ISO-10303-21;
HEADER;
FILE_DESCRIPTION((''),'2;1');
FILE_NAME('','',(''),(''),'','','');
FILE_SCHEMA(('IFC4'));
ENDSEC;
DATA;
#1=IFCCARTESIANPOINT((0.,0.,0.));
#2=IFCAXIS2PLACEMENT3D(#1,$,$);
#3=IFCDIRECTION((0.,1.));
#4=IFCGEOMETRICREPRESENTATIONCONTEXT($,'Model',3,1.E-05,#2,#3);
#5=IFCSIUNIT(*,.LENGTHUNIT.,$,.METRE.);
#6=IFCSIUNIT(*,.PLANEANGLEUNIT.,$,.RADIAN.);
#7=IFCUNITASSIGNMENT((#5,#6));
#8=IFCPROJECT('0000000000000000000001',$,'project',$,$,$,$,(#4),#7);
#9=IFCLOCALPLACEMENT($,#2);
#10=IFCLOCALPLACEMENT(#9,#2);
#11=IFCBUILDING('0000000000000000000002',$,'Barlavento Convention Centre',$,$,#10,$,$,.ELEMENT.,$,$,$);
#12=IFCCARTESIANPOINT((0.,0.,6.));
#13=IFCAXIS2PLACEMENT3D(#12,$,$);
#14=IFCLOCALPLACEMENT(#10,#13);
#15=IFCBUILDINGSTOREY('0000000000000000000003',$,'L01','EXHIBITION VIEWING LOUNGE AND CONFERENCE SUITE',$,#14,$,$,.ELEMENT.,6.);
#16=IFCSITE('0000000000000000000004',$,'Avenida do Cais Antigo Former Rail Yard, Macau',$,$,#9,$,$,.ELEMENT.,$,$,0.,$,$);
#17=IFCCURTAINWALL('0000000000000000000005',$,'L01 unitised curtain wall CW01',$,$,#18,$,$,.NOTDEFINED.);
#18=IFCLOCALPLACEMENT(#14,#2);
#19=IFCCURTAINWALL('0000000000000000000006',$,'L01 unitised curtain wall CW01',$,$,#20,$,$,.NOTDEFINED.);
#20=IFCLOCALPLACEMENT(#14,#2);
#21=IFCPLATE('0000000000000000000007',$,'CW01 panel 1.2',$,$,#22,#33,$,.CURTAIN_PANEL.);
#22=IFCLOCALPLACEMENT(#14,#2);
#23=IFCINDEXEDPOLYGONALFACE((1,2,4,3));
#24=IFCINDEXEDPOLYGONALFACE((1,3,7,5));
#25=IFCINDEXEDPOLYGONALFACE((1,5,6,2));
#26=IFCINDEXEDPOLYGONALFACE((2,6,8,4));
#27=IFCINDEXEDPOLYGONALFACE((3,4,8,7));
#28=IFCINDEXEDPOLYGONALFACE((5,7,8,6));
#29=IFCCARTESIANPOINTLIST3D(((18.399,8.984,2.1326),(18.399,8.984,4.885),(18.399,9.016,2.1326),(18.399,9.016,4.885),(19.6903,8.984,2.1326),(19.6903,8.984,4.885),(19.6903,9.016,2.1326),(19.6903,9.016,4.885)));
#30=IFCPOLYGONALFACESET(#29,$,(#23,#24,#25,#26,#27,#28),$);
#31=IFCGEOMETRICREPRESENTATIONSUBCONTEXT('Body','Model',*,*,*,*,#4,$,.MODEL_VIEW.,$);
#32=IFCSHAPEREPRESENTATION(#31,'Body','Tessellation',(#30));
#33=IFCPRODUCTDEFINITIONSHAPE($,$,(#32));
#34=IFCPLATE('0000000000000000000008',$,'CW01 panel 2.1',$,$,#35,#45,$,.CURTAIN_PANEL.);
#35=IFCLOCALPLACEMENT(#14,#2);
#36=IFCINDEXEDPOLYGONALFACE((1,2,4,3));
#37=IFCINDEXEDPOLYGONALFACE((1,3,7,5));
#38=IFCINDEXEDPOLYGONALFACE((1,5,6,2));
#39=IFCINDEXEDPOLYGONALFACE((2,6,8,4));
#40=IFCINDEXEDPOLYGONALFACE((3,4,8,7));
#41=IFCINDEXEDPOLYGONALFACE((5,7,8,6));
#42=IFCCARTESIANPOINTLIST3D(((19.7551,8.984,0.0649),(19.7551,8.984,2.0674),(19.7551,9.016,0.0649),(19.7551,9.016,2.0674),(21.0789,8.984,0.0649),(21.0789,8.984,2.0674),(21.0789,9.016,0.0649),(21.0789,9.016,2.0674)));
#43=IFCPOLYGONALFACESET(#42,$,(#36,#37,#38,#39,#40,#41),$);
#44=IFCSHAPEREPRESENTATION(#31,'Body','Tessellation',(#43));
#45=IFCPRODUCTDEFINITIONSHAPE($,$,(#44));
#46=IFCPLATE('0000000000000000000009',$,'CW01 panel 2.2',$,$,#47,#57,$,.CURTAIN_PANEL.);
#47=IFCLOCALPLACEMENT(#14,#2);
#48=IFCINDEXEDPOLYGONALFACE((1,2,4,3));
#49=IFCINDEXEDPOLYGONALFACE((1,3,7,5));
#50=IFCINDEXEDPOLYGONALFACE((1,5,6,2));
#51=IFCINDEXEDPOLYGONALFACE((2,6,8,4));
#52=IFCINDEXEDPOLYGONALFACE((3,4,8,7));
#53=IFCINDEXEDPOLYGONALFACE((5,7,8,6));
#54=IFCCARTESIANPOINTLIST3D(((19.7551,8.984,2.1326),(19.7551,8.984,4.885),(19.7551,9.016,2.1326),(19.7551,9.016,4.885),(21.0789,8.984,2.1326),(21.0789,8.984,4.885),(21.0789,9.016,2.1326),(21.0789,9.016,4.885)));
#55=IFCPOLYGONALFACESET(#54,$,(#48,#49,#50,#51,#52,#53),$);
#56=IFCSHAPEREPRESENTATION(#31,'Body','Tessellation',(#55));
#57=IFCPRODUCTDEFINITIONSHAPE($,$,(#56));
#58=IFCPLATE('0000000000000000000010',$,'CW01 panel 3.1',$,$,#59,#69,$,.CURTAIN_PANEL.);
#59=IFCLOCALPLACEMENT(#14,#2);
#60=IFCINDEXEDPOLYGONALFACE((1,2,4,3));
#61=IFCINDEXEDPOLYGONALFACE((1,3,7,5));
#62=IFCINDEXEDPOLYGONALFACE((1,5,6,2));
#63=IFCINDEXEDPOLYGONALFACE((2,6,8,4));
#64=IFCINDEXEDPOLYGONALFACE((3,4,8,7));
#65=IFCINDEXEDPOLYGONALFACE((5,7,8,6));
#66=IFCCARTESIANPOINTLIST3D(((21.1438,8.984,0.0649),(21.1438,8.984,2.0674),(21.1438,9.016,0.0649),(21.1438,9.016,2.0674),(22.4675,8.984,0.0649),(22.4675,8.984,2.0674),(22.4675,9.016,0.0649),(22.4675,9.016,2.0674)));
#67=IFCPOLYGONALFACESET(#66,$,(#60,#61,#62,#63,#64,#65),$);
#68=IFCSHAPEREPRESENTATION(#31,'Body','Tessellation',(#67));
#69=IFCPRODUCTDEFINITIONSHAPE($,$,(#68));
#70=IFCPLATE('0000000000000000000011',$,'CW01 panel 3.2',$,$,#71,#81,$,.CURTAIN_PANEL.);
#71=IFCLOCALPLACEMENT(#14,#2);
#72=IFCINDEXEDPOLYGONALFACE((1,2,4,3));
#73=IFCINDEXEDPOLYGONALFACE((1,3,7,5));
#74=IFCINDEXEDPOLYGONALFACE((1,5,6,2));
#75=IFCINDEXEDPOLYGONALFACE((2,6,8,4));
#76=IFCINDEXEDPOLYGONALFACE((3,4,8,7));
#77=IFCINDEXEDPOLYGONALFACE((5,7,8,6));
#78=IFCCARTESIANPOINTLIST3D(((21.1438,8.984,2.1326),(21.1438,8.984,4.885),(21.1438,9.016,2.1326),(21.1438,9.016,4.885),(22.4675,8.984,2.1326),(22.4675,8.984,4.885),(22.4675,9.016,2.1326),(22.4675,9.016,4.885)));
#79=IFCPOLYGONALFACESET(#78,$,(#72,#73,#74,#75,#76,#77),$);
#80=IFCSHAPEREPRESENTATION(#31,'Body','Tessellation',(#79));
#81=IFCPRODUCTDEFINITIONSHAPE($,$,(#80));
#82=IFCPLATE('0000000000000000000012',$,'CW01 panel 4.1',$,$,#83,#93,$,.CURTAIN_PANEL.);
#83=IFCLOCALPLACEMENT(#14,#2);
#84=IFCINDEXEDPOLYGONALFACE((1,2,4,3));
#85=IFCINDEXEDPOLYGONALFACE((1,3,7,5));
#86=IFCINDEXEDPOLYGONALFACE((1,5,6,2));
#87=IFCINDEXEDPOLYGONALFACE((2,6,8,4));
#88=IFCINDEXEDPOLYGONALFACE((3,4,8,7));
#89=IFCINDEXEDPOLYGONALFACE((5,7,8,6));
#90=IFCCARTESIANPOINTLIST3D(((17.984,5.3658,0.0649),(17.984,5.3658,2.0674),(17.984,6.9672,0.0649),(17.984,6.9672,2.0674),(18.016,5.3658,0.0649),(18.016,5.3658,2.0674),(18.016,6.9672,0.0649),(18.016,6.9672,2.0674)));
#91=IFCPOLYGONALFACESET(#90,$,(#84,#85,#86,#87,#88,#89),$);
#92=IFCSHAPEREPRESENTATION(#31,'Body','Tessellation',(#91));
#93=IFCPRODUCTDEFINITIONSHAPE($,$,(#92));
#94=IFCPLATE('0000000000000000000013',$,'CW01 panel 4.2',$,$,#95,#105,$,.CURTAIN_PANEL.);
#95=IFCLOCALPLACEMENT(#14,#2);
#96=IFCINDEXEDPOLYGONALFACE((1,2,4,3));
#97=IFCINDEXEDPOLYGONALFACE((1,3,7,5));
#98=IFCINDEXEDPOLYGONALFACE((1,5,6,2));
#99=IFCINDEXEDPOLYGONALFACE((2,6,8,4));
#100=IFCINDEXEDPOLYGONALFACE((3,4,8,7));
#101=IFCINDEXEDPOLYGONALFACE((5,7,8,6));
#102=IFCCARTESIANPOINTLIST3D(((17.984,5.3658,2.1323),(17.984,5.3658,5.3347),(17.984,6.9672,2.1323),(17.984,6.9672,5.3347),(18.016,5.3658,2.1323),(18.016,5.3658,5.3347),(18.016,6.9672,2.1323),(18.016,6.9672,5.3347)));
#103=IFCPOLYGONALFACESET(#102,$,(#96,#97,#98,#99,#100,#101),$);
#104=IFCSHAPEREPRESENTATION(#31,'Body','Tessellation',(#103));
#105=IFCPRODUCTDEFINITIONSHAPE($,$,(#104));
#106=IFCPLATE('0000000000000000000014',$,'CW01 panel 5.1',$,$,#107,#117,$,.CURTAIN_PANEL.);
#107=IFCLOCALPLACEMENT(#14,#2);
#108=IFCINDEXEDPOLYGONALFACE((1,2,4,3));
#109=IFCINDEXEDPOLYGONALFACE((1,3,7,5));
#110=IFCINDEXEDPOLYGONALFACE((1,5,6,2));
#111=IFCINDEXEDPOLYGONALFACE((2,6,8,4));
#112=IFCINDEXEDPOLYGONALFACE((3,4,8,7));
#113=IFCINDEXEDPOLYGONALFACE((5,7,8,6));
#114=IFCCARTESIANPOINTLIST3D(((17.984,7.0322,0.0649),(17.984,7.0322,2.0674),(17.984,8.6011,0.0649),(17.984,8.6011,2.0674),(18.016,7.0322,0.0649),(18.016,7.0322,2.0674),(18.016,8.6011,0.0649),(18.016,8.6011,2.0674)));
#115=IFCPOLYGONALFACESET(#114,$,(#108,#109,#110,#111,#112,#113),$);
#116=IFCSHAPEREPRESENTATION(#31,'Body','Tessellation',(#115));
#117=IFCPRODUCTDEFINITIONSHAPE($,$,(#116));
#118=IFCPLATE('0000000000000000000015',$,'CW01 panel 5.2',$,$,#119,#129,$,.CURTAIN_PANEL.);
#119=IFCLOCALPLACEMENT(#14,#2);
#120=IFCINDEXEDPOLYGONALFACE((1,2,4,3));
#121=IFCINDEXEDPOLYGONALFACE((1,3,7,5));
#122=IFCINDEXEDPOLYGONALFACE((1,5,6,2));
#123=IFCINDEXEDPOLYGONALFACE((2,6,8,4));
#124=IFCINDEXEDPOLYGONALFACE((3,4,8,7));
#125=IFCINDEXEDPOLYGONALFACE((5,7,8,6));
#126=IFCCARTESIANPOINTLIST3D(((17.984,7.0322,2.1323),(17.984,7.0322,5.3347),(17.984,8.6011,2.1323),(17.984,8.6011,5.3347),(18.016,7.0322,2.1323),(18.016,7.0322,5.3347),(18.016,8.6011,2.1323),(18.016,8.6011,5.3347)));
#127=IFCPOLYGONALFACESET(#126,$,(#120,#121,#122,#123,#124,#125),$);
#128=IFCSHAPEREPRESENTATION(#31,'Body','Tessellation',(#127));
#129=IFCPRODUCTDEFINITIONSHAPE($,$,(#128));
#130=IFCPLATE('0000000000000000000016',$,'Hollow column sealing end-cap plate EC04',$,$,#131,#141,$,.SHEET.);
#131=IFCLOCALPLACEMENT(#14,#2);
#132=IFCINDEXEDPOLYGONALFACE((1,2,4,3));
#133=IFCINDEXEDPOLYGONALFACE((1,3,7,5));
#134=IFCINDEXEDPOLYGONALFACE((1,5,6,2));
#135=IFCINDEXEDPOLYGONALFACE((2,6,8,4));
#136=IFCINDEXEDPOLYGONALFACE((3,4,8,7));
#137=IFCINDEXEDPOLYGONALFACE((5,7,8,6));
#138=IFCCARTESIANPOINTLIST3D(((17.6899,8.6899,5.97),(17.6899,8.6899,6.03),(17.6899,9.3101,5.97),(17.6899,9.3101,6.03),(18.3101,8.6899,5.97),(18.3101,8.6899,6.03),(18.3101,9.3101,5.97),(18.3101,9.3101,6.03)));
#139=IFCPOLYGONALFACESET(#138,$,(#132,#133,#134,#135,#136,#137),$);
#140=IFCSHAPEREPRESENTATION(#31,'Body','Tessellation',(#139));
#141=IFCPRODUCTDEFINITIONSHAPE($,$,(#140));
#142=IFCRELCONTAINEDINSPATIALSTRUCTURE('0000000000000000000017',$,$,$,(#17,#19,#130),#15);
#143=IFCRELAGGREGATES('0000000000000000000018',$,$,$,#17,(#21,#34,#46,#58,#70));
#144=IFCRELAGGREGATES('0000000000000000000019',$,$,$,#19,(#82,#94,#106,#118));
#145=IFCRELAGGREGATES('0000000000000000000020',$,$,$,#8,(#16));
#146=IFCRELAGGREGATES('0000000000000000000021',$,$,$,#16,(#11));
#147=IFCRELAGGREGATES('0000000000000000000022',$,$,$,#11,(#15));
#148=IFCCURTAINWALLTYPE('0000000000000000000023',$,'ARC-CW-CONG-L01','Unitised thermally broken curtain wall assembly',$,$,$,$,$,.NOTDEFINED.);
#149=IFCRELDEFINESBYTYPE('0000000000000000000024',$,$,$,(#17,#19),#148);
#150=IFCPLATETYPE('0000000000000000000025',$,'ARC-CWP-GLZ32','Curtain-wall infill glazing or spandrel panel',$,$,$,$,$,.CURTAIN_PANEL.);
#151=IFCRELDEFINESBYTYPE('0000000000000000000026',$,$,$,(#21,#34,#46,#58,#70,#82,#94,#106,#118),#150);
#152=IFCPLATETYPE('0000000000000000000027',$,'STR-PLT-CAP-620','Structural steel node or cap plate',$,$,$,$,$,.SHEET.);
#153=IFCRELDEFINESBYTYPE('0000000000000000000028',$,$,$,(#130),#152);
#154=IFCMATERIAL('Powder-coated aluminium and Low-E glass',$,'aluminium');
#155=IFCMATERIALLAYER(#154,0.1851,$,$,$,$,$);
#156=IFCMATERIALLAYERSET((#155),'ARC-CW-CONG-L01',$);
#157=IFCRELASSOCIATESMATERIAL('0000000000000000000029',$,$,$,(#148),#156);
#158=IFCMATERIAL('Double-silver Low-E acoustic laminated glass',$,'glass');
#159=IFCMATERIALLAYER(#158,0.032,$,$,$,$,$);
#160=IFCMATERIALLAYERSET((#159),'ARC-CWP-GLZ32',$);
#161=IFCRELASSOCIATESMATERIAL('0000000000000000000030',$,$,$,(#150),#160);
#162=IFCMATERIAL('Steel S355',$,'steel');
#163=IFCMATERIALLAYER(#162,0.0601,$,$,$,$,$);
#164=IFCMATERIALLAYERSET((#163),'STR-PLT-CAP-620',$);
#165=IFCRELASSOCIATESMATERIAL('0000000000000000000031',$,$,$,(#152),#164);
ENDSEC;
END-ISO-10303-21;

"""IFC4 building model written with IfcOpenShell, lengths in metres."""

from ifc_helpers import new_model, si_unit, direction, frame, origin, origin_2d, place, context, subcontext, project, spatial, rectangle, extrude, material, layer, layer_set, type_object, element, aggregate, save


model = new_model("IFC4")

# Units and contexts
model_context = context("Model", 3, precision=1e-05, world=origin(), true_north=direction((0.0, 1.0)))
body_context = subcontext(model_context, "Body", "Model", "MODEL_VIEW")
ifc_project = project(units=[si_unit("LENGTHUNIT", "METRE"), si_unit("PLANEANGLEUNIT", "RADIAN")], contexts=[model_context])

# Site, building, storey
site_placement = place(None, origin())
site = spatial("IfcSite", under=ifc_project, at=site_placement, Name="Avenida do Cais Antigo Former Rail Yard, Macau", CompositionType="ELEMENT", RefElevation=0.0)
building_placement = place(site_placement, origin())
building = spatial("IfcBuilding", under=site, at=building_placement, Name="Barlavento Convention Centre", CompositionType="ELEMENT")
storey_placement = place(building_placement, frame((0.0, 0.0, 6.0)))
storey = spatial("IfcBuildingStorey", under=building, at=storey_placement, Name="L01", Description="EXHIBITION VIEWING LOUNGE AND CONFERENCE SUITE", CompositionType="ELEMENT", Elevation=6.0)

# Curtain walls
ifc_material_1 = material(Name="Powder-coated aluminium and Low-E glass", Category="aluminium")
ifc_layer_1 = layer(ifc_material_1, 0.1851)
ifc_layer_set_1 = layer_set([ifc_layer_1], Name="ARC-CW-CONG-L01")
curtain_wall_type = type_object("IfcCurtainWallType", Name="ARC-CW-CONG-L01", Description="Unitised thermally broken curtain wall assembly", PredefinedType="NOTDEFINED", material=ifc_layer_set_1)
curtain_wall_1_placement = place(storey_placement, origin())
curtain_wall_1 = element("IfcCurtainWall", 1, at=curtain_wall_1_placement, inside=storey, type_object=curtain_wall_type, Name="L01 unitised curtain wall CW01", PredefinedType="NOTDEFINED")
curtain_wall_2_placement = place(storey_placement, origin())
curtain_wall_2 = element("IfcCurtainWall", 2, at=curtain_wall_2_placement, inside=storey, type_object=curtain_wall_type, Name="L01 unitised curtain wall CW01", PredefinedType="NOTDEFINED")

# Plates
ifc_material_2 = material(Name="Double-silver Low-E acoustic laminated glass", Category="glass")
ifc_layer_2 = layer(ifc_material_2, 0.032)
ifc_layer_set_2 = layer_set([ifc_layer_2], Name="ARC-CWP-GLZ32")
plate_type_1 = type_object("IfcPlateType", Name="ARC-CWP-GLZ32", Description="Curtain-wall infill glazing or spandrel panel", PredefinedType="CURTAIN_PANEL", material=ifc_layer_set_2)
plate_1_placement = place(storey_placement, frame((19.0447, 9.0, 2.1326), z_axis=(0.0, 0.0, 1.0), x_axis=(1.0, 0.0, 0.0)))
plate_1 = element("IfcPlate", 3, at=plate_1_placement, type_object=plate_type_1, Name="CW01 panel 1.2", PredefinedType="CURTAIN_PANEL", context=body_context, shape_type="SweptSolid", body=[
    extrude(rectangle(XDim=1.2913, YDim=0.032, at=origin_2d()), origin(), (0.0, 0.0, 1.0), 2.7524),
])
plate_2_placement = place(storey_placement, frame((20.417, 9.0, 0.0649), z_axis=(0.0, 0.0, 1.0), x_axis=(1.0, 0.0, 0.0)))
plate_2 = element("IfcPlate", 4, at=plate_2_placement, type_object=plate_type_1, Name="CW01 panel 2.1", PredefinedType="CURTAIN_PANEL", context=body_context, shape_type="SweptSolid", body=[
    extrude(rectangle(XDim=1.3237, YDim=0.032, at=origin_2d()), origin(), (0.0, 0.0, 1.0), 2.0024),
])
plate_3_placement = place(storey_placement, frame((20.417, 9.0, 2.1326), z_axis=(0.0, 0.0, 1.0), x_axis=(1.0, 0.0, 0.0)))
plate_3 = element("IfcPlate", 5, at=plate_3_placement, type_object=plate_type_1, Name="CW01 panel 2.2", PredefinedType="CURTAIN_PANEL", context=body_context, shape_type="SweptSolid", body=[
    extrude(rectangle(XDim=1.3237, YDim=0.032, at=origin_2d()), origin(), (0.0, 0.0, 1.0), 2.7524),
])
plate_4_placement = place(storey_placement, frame((21.8057, 9.0, 0.0649), z_axis=(0.0, 0.0, 1.0), x_axis=(1.0, 0.0, 0.0)))
plate_4 = element("IfcPlate", 6, at=plate_4_placement, type_object=plate_type_1, Name="CW01 panel 3.1", PredefinedType="CURTAIN_PANEL", context=body_context, shape_type="SweptSolid", body=[
    extrude(rectangle(XDim=1.3237, YDim=0.032, at=origin_2d()), origin(), (0.0, 0.0, 1.0), 2.0024),
])
plate_5_placement = place(storey_placement, frame((21.8057, 9.0, 2.1326), z_axis=(0.0, 0.0, 1.0), x_axis=(1.0, 0.0, 0.0)))
plate_5 = element("IfcPlate", 7, at=plate_5_placement, type_object=plate_type_1, Name="CW01 panel 3.2", PredefinedType="CURTAIN_PANEL", context=body_context, shape_type="SweptSolid", body=[
    extrude(rectangle(XDim=1.3237, YDim=0.032, at=origin_2d()), origin(), (0.0, 0.0, 1.0), 2.7524),
])
aggregate(curtain_wall_1, [plate_1, plate_2, plate_3, plate_4, plate_5])
plate_6_placement = place(storey_placement, frame((18.0, 6.1665, 0.0649), z_axis=(0.0, 0.0, 1.0), x_axis=(0.0, 1.0, 0.0)))
plate_6 = element("IfcPlate", 8, at=plate_6_placement, type_object=plate_type_1, Name="CW01 panel 4.1", PredefinedType="CURTAIN_PANEL", context=body_context, shape_type="SweptSolid", body=[
    extrude(rectangle(XDim=1.6013, YDim=0.032, at=origin_2d()), origin(), (0.0, 0.0, 1.0), 2.0024),
])
plate_7_placement = place(storey_placement, frame((18.0, 6.1665, 2.1323), z_axis=(0.0, 0.0, 1.0), x_axis=(0.0, 1.0, 0.0)))
plate_7 = element("IfcPlate", 9, at=plate_7_placement, type_object=plate_type_1, Name="CW01 panel 4.2", PredefinedType="CURTAIN_PANEL", context=body_context, shape_type="SweptSolid", body=[
    extrude(rectangle(XDim=1.6013, YDim=0.032, at=origin_2d()), origin(), (0.0, 0.0, 1.0), 3.2024),
])
plate_8_placement = place(storey_placement, frame((18.0, 7.8167, 0.0649), z_axis=(0.0, 0.0, 1.0), x_axis=(0.0, 1.0, 0.0)))
plate_8 = element("IfcPlate", 10, at=plate_8_placement, type_object=plate_type_1, Name="CW01 panel 5.1", PredefinedType="CURTAIN_PANEL", context=body_context, shape_type="SweptSolid", body=[
    extrude(rectangle(XDim=1.5688, YDim=0.032, at=origin_2d()), origin(), (0.0, 0.0, 1.0), 2.0024),
])
plate_9_placement = place(storey_placement, frame((18.0, 7.8167, 2.1323), z_axis=(0.0, 0.0, 1.0), x_axis=(0.0, 1.0, 0.0)))
plate_9 = element("IfcPlate", 11, at=plate_9_placement, type_object=plate_type_1, Name="CW01 panel 5.2", PredefinedType="CURTAIN_PANEL", context=body_context, shape_type="SweptSolid", body=[
    extrude(rectangle(XDim=1.5688, YDim=0.032, at=origin_2d()), origin(), (0.0, 0.0, 1.0), 3.2024),
])
aggregate(curtain_wall_2, [plate_6, plate_7, plate_8, plate_9])
ifc_material_3 = material(Name="Steel S355", Category="steel")
ifc_layer_3 = layer(ifc_material_3, 0.0601)
ifc_layer_set_3 = layer_set([ifc_layer_3], Name="STR-PLT-CAP-620")
plate_type_2 = type_object("IfcPlateType", Name="STR-PLT-CAP-620", Description="Structural steel node or cap plate", PredefinedType="SHEET", material=ifc_layer_set_3)
plate_10_placement = place(storey_placement, frame((18.0, 9.0, 5.97), z_axis=(0.0, 0.0, 1.0), x_axis=(1.0, 0.0, 0.0)))
element("IfcPlate", 12, at=plate_10_placement, inside=storey, type_object=plate_type_2, Name="Hollow column sealing end-cap plate EC04", PredefinedType="SHEET", context=body_context, shape_type="SweptSolid", body=[
    extrude(rectangle(XDim=0.6201, YDim=0.6201, at=origin_2d()), origin(), (0.0, 0.0, 1.0), 0.0601),
])

save(model, "model.ifc")
